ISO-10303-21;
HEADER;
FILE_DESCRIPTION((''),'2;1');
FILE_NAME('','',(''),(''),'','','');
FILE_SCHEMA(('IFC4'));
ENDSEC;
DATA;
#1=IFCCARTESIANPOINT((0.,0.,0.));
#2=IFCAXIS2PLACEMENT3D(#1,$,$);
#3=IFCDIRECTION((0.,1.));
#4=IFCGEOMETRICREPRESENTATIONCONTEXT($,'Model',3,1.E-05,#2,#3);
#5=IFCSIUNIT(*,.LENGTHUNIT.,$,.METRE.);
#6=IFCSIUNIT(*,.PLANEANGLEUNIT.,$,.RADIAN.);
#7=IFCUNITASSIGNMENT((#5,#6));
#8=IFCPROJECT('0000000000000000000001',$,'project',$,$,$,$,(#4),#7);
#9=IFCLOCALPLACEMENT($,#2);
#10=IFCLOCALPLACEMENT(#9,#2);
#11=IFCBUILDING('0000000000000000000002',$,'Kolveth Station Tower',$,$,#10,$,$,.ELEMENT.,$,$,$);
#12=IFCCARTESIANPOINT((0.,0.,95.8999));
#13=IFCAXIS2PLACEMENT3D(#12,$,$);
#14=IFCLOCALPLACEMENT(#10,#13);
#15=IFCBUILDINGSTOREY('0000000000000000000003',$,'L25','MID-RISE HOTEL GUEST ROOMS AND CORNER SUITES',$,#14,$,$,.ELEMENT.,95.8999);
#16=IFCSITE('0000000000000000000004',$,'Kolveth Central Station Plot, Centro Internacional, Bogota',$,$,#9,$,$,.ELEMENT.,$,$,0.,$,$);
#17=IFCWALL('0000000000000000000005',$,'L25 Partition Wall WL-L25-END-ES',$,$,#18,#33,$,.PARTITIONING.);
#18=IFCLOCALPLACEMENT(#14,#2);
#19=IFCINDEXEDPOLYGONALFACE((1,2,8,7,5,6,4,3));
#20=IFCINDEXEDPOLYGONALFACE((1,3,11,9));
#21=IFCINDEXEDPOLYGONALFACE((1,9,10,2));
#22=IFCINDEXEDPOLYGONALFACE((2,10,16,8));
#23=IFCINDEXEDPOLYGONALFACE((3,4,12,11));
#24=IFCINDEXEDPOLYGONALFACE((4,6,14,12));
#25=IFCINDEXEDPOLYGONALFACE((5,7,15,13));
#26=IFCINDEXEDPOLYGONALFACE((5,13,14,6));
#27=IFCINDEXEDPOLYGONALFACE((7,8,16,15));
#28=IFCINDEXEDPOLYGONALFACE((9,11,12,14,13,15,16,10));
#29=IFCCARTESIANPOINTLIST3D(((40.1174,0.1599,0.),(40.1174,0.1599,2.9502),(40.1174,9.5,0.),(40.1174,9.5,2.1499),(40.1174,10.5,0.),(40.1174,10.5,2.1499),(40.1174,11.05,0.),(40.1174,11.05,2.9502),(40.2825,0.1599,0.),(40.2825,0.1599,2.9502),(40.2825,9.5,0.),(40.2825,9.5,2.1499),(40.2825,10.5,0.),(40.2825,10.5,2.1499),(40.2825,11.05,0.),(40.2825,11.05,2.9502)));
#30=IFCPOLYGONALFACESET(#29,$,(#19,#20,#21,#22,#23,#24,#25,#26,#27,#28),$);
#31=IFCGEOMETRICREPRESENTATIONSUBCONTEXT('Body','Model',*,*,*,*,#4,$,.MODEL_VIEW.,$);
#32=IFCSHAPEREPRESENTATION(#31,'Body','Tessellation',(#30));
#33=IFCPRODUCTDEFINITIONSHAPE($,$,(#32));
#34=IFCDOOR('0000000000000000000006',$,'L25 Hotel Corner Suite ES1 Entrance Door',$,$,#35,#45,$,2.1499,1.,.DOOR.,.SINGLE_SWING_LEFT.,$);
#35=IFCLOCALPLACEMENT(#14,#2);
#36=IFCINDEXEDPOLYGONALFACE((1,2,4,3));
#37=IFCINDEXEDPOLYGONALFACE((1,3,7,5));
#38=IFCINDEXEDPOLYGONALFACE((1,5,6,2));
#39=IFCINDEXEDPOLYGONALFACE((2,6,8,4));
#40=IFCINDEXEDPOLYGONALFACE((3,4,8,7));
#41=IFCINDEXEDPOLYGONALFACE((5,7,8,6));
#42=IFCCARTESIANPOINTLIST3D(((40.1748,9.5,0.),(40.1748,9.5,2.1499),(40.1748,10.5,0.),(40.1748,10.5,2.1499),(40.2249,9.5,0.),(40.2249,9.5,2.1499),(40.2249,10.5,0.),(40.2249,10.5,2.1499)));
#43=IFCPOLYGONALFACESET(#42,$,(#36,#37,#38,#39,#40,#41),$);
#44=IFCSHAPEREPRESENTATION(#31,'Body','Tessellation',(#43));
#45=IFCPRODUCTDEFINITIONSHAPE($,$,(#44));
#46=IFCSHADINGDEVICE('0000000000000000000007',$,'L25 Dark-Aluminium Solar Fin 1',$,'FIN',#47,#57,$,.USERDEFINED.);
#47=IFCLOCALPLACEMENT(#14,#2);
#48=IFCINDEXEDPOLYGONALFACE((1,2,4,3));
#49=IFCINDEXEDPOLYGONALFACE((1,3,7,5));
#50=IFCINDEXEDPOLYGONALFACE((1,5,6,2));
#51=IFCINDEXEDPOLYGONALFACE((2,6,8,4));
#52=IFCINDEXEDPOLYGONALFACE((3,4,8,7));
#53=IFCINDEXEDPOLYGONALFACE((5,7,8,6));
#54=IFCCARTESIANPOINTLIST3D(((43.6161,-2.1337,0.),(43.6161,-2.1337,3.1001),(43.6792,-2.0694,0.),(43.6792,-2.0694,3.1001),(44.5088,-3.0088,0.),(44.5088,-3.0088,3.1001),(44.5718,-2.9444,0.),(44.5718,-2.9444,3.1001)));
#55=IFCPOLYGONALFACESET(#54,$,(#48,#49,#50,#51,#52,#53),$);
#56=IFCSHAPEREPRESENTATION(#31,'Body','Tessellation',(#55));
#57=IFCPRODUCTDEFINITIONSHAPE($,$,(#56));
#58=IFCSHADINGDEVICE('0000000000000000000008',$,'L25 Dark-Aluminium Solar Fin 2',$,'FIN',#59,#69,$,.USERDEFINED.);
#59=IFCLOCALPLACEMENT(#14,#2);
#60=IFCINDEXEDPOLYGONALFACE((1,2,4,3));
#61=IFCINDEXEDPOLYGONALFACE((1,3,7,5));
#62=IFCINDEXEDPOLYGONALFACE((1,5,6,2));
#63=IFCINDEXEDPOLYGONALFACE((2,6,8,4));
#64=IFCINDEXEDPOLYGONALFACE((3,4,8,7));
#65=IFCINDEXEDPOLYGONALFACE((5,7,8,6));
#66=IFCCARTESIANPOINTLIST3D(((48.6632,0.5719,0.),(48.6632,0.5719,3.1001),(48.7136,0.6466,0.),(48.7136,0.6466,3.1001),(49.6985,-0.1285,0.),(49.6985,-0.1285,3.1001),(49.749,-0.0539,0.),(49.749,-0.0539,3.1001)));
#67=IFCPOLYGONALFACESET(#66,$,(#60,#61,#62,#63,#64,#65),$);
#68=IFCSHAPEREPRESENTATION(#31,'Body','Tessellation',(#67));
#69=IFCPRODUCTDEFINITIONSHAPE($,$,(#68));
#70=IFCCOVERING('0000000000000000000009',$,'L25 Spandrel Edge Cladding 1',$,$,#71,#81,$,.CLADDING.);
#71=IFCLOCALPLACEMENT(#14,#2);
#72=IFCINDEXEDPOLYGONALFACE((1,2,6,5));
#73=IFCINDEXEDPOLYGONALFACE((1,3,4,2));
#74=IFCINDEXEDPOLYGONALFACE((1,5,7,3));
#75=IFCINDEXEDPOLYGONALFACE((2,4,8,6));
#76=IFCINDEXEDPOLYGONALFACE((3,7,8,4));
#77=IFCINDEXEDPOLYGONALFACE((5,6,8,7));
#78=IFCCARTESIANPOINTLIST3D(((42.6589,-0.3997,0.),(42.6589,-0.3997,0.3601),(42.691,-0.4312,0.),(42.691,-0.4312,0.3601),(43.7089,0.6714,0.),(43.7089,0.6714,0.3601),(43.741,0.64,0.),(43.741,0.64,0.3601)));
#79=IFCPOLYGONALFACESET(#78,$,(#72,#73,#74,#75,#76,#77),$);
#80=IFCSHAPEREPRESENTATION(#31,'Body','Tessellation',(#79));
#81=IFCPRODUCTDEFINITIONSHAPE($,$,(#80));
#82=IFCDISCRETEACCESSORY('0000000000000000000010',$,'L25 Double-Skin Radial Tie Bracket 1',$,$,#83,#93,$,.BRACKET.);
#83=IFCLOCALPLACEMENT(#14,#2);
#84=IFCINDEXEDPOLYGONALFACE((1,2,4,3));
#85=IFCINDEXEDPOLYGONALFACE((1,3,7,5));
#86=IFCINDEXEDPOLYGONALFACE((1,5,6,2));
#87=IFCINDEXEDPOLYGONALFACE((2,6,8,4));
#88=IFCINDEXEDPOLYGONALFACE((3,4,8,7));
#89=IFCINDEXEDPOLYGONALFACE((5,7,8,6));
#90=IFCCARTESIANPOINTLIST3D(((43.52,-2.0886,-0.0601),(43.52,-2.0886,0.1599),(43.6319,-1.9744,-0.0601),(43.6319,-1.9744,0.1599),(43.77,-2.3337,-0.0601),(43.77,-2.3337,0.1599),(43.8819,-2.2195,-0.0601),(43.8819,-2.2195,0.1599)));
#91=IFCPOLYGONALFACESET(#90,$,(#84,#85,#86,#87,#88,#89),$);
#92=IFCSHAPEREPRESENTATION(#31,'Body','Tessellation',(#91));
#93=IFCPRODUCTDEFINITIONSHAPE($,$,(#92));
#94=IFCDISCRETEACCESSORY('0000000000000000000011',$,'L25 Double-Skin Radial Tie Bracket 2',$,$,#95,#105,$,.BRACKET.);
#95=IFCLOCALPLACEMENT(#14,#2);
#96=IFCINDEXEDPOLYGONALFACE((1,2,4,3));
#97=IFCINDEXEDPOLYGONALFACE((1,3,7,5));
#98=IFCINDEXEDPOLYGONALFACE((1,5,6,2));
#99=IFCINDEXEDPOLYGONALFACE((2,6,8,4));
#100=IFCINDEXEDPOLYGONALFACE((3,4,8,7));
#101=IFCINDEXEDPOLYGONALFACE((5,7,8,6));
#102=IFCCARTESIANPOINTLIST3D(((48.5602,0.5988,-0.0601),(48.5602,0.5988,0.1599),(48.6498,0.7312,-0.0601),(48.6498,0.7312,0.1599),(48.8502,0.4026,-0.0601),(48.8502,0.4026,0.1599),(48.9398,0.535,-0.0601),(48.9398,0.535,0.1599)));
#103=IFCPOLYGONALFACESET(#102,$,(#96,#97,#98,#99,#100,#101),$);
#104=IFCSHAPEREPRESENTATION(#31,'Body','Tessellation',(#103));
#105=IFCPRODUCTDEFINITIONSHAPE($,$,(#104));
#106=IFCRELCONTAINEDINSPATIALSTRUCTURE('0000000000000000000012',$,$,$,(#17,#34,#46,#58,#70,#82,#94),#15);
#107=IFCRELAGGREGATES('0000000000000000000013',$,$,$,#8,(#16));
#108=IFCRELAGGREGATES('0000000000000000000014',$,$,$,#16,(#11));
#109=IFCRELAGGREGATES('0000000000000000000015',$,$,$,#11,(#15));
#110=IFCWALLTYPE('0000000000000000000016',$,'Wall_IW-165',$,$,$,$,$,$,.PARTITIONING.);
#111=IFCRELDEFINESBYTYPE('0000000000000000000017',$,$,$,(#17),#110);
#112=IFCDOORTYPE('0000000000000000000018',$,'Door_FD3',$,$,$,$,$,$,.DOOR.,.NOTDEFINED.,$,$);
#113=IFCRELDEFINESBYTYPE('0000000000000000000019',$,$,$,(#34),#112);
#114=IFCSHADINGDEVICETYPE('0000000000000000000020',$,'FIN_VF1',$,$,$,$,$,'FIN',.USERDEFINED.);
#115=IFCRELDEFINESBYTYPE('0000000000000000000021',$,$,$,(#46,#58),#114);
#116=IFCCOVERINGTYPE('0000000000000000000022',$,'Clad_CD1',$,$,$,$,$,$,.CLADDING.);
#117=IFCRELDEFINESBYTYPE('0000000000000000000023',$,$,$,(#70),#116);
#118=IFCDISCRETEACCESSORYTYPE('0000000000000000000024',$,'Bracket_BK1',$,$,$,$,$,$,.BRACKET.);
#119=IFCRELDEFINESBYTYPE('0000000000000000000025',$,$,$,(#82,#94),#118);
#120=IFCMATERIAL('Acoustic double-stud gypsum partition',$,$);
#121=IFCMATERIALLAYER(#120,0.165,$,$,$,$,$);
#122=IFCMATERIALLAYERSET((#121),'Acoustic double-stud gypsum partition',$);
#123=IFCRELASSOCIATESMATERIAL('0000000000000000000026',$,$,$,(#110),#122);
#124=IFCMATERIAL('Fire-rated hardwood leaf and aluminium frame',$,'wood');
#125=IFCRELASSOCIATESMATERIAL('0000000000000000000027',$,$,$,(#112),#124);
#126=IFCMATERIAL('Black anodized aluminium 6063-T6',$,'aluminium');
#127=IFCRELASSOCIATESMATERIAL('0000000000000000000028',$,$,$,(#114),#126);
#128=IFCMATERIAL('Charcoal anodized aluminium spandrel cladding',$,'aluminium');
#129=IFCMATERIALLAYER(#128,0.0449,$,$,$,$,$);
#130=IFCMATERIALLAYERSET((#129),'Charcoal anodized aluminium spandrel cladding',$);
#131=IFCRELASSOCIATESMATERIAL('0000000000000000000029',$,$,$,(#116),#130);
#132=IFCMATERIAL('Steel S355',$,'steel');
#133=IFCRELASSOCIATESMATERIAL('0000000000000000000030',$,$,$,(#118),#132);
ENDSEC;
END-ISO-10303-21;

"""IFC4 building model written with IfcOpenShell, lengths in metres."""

from ifc_helpers import new_model, si_unit, direction, frame, frame_2d, origin, origin_2d, place, context, subcontext, project, spatial, rectangle, extrude, source, transform, mapped, material, layer, layer_set, type_object, element, fill, save


model = new_model("IFC4")

# Units and contexts
model_context = context("Model", 3, precision=1e-05, world=origin(), true_north=direction((0.0, 1.0)))
body_context = subcontext(model_context, "Body", "Model", "MODEL_VIEW")
ifc_project = project(units=[si_unit("LENGTHUNIT", "METRE"), si_unit("PLANEANGLEUNIT", "RADIAN")], contexts=[model_context])

# Site, building, storey
site_placement = place(None, origin())
site = spatial("IfcSite", under=ifc_project, at=site_placement, Name="Kolveth Central Station Plot, Centro Internacional, Bogota", CompositionType="ELEMENT", RefElevation=0.0)
building_placement = place(site_placement, origin())
building = spatial("IfcBuilding", under=site, at=building_placement, Name="Kolveth Station Tower", CompositionType="ELEMENT")
storey_placement = place(building_placement, frame((0.0, 0.0, 95.8999)))
storey = spatial("IfcBuildingStorey", under=building, at=storey_placement, Name="L25", Description="MID-RISE HOTEL GUEST ROOMS AND CORNER SUITES", CompositionType="ELEMENT", Elevation=95.8999)

# Shared definitions
ifc_material_1 = material(Name="Steel S355", Category="steel")

# Shared definitions
ifc_material_2 = material(Name="Black anodized aluminium 6063-T6", Category="aluminium")

# Wall, opening, door
ifc_material_3 = material(Name="Acoustic double-stud gypsum partition")
ifc_layer_1 = layer(ifc_material_3, 0.165)
ifc_layer_set_1 = layer_set([ifc_layer_1], Name="Acoustic double-stud gypsum partition")
wall_type = type_object("IfcWallType", Name="Wall_IW-165", PredefinedType="PARTITIONING", material=ifc_layer_set_1)
wall_placement = place(storey_placement, frame((40.2, 0.1599, 0.0), z_axis=(0.0, 0.0, 1.0), x_axis=(0.0, 1.0, 0.0)))
wall = element("IfcWall", 1, at=wall_placement, inside=storey, type_object=wall_type, Name="L25 Partition Wall WL-L25-END-ES", PredefinedType="PARTITIONING", context=body_context, shape_type="SweptSolid", body=[
    extrude(rectangle(XDim=10.8901, YDim=0.165, at=frame_2d((5.4451, 0.0))), origin(), (0.0, 0.0, 1.0), 2.9502),
])
opening_placement = place(wall_placement, frame((9.3401, 0.0, 0.0)))
opening = element("IfcOpeningElement", 2, at=opening_placement, cuts=wall, PredefinedType="OPENING", context=body_context, shape_type="SweptSolid", body=[
    extrude(rectangle(XDim=1.0, YDim=2.1499, at=frame_2d((0.5, 1.075))), frame((0.0, 0.0925, 0.0), z_axis=(0.0, -1.0, 0.0), x_axis=(1.0, 0.0, 0.0)), (0.0, 0.0, 1.0), 0.1851),
])
ifc_material_4 = material(Name="Fire-rated hardwood leaf and aluminium frame", Category="wood")
door_type = type_object("IfcDoorType", Name="Door_FD3", OperationType="NOTDEFINED", PredefinedType="DOOR", material=ifc_material_4)
door_placement = place(opening_placement, frame((1.0, 0.0, 0.0), z_axis=(0.0, 0.0, 1.0), x_axis=(-1.0, 0.0, 0.0)))
door = element("IfcDoor", 3, at=door_placement, inside=storey, type_object=door_type, Name="L25 Hotel Corner Suite ES1 Entrance Door", OperationType="SINGLE_SWING_LEFT", OverallHeight=2.1499, OverallWidth=1.0, PredefinedType="DOOR", context=body_context, shape_type="SweptSolid", body=[
    extrude(rectangle(XDim=1.0, YDim=2.1499, at=frame_2d((0.5, 1.075))), frame((0.0, 0.0249, 0.0), z_axis=(0.0, -1.0, 0.0), x_axis=(1.0, 0.0, 0.0)), (0.0, 0.0, 1.0), 0.05),
])
fill(opening, door)

# Shading devices
shading_device_type = type_object("IfcShadingDeviceType", Name="FIN_VF1", ElementType="FIN", PredefinedType="USERDEFINED", material=ifc_material_2)
shared_shape_1 = source(origin(), body_context, "Body", "SweptSolid", [
    extrude(rectangle(XDim=1.25, YDim=0.0901, at=origin_2d()), origin(), (0.0, 0.0, 1.0), 3.1001),
])
for number, where, z_axis, x_axis, name in (
    (4, (44.094, -2.5391, 0.0), (0.0, 0.0, 1.0), (0.714106, -0.700037, 0.0), "L25 Dark-Aluminium Solar Fin 1"),
    (5, (49.2061, 0.259, 0.0), (0.0, 0.0, 1.0), (0.828256, -0.56035, 0.0), "L25 Dark-Aluminium Solar Fin 2"),
):
    element("IfcShadingDevice", number, at=place(storey_placement, frame(where, z_axis=z_axis, x_axis=x_axis)), inside=storey, type_object=shading_device_type, Name=name, ObjectType="FIN", PredefinedType="USERDEFINED", context=body_context, shape_type="MappedRepresentation", body=[
        mapped(shared_shape_1, transform((0.0, 0.0, 0.0), x_axis=(1.0, 0.0, 0.0), y_axis=(0.0, 1.0, 0.0), z_axis=(0.0, 0.0, 1.0), scale=1.0)),
    ])

# Covering
ifc_material_5 = material(Name="Charcoal anodized aluminium spandrel cladding", Category="aluminium")
ifc_layer_2 = layer(ifc_material_5, 0.0449)
ifc_layer_set_2 = layer_set([ifc_layer_2], Name="Charcoal anodized aluminium spandrel cladding")
covering_type = type_object("IfcCoveringType", Name="Clad_CD1", PredefinedType="CLADDING", material=ifc_layer_set_2)
shared_shape_2 = source(origin(), body_context, "Body", "SweptSolid", [
    extrude(rectangle(XDim=1.5, YDim=0.0449, at=origin_2d()), origin(), (0.0, 0.0, 1.0), 0.3601),
])
covering_placement = place(storey_placement, frame((43.2, 0.1201, 0.0), z_axis=(0.0, 0.0, 1.0), x_axis=(0.700037, 0.714106, 0.0)))
element("IfcCovering", 6, at=covering_placement, inside=storey, type_object=covering_type, Name="L25 Spandrel Edge Cladding 1", PredefinedType="CLADDING", context=body_context, shape_type="MappedRepresentation", body=[
    mapped(shared_shape_2, transform((0.0, 0.0, 0.0), x_axis=(1.0, 0.0, 0.0), y_axis=(0.0, 1.0, 0.0), z_axis=(0.0, 0.0, 1.0), scale=1.0)),
])

# Discrete accessories
discrete_accessory_type = type_object("IfcDiscreteAccessoryType", Name="Bracket_BK1", PredefinedType="BRACKET", material=ifc_material_1)
shared_shape_3 = source(origin(), body_context, "Body", "SweptSolid", [
    extrude(rectangle(XDim=0.3501, YDim=0.1599, at=origin_2d()), origin(), (0.0, 0.0, 1.0), 0.22),
])
for number, where, z_axis, x_axis, name in (
    (7, (43.7009, -2.1541, -0.0601), (0.0, 0.0, 1.0), (0.714106, -0.700037, 0.0), "L25 Double-Skin Radial Tie Bracket 1"),
    (8, (48.75, 0.5669, -0.0601), (0.0, 0.0, 1.0), (0.828256, -0.56035, 0.0), "L25 Double-Skin Radial Tie Bracket 2"),
):
    element("IfcDiscreteAccessory", number, at=place(storey_placement, frame(where, z_axis=z_axis, x_axis=x_axis)), inside=storey, type_object=discrete_accessory_type, Name=name, PredefinedType="BRACKET", context=body_context, shape_type="MappedRepresentation", body=[
        mapped(shared_shape_3, transform((0.0, 0.0, 0.0), x_axis=(1.0, 0.0, 0.0), y_axis=(0.0, 1.0, 0.0), z_axis=(0.0, 0.0, 1.0), scale=1.0)),
    ])

save(model, "model.ifc")
